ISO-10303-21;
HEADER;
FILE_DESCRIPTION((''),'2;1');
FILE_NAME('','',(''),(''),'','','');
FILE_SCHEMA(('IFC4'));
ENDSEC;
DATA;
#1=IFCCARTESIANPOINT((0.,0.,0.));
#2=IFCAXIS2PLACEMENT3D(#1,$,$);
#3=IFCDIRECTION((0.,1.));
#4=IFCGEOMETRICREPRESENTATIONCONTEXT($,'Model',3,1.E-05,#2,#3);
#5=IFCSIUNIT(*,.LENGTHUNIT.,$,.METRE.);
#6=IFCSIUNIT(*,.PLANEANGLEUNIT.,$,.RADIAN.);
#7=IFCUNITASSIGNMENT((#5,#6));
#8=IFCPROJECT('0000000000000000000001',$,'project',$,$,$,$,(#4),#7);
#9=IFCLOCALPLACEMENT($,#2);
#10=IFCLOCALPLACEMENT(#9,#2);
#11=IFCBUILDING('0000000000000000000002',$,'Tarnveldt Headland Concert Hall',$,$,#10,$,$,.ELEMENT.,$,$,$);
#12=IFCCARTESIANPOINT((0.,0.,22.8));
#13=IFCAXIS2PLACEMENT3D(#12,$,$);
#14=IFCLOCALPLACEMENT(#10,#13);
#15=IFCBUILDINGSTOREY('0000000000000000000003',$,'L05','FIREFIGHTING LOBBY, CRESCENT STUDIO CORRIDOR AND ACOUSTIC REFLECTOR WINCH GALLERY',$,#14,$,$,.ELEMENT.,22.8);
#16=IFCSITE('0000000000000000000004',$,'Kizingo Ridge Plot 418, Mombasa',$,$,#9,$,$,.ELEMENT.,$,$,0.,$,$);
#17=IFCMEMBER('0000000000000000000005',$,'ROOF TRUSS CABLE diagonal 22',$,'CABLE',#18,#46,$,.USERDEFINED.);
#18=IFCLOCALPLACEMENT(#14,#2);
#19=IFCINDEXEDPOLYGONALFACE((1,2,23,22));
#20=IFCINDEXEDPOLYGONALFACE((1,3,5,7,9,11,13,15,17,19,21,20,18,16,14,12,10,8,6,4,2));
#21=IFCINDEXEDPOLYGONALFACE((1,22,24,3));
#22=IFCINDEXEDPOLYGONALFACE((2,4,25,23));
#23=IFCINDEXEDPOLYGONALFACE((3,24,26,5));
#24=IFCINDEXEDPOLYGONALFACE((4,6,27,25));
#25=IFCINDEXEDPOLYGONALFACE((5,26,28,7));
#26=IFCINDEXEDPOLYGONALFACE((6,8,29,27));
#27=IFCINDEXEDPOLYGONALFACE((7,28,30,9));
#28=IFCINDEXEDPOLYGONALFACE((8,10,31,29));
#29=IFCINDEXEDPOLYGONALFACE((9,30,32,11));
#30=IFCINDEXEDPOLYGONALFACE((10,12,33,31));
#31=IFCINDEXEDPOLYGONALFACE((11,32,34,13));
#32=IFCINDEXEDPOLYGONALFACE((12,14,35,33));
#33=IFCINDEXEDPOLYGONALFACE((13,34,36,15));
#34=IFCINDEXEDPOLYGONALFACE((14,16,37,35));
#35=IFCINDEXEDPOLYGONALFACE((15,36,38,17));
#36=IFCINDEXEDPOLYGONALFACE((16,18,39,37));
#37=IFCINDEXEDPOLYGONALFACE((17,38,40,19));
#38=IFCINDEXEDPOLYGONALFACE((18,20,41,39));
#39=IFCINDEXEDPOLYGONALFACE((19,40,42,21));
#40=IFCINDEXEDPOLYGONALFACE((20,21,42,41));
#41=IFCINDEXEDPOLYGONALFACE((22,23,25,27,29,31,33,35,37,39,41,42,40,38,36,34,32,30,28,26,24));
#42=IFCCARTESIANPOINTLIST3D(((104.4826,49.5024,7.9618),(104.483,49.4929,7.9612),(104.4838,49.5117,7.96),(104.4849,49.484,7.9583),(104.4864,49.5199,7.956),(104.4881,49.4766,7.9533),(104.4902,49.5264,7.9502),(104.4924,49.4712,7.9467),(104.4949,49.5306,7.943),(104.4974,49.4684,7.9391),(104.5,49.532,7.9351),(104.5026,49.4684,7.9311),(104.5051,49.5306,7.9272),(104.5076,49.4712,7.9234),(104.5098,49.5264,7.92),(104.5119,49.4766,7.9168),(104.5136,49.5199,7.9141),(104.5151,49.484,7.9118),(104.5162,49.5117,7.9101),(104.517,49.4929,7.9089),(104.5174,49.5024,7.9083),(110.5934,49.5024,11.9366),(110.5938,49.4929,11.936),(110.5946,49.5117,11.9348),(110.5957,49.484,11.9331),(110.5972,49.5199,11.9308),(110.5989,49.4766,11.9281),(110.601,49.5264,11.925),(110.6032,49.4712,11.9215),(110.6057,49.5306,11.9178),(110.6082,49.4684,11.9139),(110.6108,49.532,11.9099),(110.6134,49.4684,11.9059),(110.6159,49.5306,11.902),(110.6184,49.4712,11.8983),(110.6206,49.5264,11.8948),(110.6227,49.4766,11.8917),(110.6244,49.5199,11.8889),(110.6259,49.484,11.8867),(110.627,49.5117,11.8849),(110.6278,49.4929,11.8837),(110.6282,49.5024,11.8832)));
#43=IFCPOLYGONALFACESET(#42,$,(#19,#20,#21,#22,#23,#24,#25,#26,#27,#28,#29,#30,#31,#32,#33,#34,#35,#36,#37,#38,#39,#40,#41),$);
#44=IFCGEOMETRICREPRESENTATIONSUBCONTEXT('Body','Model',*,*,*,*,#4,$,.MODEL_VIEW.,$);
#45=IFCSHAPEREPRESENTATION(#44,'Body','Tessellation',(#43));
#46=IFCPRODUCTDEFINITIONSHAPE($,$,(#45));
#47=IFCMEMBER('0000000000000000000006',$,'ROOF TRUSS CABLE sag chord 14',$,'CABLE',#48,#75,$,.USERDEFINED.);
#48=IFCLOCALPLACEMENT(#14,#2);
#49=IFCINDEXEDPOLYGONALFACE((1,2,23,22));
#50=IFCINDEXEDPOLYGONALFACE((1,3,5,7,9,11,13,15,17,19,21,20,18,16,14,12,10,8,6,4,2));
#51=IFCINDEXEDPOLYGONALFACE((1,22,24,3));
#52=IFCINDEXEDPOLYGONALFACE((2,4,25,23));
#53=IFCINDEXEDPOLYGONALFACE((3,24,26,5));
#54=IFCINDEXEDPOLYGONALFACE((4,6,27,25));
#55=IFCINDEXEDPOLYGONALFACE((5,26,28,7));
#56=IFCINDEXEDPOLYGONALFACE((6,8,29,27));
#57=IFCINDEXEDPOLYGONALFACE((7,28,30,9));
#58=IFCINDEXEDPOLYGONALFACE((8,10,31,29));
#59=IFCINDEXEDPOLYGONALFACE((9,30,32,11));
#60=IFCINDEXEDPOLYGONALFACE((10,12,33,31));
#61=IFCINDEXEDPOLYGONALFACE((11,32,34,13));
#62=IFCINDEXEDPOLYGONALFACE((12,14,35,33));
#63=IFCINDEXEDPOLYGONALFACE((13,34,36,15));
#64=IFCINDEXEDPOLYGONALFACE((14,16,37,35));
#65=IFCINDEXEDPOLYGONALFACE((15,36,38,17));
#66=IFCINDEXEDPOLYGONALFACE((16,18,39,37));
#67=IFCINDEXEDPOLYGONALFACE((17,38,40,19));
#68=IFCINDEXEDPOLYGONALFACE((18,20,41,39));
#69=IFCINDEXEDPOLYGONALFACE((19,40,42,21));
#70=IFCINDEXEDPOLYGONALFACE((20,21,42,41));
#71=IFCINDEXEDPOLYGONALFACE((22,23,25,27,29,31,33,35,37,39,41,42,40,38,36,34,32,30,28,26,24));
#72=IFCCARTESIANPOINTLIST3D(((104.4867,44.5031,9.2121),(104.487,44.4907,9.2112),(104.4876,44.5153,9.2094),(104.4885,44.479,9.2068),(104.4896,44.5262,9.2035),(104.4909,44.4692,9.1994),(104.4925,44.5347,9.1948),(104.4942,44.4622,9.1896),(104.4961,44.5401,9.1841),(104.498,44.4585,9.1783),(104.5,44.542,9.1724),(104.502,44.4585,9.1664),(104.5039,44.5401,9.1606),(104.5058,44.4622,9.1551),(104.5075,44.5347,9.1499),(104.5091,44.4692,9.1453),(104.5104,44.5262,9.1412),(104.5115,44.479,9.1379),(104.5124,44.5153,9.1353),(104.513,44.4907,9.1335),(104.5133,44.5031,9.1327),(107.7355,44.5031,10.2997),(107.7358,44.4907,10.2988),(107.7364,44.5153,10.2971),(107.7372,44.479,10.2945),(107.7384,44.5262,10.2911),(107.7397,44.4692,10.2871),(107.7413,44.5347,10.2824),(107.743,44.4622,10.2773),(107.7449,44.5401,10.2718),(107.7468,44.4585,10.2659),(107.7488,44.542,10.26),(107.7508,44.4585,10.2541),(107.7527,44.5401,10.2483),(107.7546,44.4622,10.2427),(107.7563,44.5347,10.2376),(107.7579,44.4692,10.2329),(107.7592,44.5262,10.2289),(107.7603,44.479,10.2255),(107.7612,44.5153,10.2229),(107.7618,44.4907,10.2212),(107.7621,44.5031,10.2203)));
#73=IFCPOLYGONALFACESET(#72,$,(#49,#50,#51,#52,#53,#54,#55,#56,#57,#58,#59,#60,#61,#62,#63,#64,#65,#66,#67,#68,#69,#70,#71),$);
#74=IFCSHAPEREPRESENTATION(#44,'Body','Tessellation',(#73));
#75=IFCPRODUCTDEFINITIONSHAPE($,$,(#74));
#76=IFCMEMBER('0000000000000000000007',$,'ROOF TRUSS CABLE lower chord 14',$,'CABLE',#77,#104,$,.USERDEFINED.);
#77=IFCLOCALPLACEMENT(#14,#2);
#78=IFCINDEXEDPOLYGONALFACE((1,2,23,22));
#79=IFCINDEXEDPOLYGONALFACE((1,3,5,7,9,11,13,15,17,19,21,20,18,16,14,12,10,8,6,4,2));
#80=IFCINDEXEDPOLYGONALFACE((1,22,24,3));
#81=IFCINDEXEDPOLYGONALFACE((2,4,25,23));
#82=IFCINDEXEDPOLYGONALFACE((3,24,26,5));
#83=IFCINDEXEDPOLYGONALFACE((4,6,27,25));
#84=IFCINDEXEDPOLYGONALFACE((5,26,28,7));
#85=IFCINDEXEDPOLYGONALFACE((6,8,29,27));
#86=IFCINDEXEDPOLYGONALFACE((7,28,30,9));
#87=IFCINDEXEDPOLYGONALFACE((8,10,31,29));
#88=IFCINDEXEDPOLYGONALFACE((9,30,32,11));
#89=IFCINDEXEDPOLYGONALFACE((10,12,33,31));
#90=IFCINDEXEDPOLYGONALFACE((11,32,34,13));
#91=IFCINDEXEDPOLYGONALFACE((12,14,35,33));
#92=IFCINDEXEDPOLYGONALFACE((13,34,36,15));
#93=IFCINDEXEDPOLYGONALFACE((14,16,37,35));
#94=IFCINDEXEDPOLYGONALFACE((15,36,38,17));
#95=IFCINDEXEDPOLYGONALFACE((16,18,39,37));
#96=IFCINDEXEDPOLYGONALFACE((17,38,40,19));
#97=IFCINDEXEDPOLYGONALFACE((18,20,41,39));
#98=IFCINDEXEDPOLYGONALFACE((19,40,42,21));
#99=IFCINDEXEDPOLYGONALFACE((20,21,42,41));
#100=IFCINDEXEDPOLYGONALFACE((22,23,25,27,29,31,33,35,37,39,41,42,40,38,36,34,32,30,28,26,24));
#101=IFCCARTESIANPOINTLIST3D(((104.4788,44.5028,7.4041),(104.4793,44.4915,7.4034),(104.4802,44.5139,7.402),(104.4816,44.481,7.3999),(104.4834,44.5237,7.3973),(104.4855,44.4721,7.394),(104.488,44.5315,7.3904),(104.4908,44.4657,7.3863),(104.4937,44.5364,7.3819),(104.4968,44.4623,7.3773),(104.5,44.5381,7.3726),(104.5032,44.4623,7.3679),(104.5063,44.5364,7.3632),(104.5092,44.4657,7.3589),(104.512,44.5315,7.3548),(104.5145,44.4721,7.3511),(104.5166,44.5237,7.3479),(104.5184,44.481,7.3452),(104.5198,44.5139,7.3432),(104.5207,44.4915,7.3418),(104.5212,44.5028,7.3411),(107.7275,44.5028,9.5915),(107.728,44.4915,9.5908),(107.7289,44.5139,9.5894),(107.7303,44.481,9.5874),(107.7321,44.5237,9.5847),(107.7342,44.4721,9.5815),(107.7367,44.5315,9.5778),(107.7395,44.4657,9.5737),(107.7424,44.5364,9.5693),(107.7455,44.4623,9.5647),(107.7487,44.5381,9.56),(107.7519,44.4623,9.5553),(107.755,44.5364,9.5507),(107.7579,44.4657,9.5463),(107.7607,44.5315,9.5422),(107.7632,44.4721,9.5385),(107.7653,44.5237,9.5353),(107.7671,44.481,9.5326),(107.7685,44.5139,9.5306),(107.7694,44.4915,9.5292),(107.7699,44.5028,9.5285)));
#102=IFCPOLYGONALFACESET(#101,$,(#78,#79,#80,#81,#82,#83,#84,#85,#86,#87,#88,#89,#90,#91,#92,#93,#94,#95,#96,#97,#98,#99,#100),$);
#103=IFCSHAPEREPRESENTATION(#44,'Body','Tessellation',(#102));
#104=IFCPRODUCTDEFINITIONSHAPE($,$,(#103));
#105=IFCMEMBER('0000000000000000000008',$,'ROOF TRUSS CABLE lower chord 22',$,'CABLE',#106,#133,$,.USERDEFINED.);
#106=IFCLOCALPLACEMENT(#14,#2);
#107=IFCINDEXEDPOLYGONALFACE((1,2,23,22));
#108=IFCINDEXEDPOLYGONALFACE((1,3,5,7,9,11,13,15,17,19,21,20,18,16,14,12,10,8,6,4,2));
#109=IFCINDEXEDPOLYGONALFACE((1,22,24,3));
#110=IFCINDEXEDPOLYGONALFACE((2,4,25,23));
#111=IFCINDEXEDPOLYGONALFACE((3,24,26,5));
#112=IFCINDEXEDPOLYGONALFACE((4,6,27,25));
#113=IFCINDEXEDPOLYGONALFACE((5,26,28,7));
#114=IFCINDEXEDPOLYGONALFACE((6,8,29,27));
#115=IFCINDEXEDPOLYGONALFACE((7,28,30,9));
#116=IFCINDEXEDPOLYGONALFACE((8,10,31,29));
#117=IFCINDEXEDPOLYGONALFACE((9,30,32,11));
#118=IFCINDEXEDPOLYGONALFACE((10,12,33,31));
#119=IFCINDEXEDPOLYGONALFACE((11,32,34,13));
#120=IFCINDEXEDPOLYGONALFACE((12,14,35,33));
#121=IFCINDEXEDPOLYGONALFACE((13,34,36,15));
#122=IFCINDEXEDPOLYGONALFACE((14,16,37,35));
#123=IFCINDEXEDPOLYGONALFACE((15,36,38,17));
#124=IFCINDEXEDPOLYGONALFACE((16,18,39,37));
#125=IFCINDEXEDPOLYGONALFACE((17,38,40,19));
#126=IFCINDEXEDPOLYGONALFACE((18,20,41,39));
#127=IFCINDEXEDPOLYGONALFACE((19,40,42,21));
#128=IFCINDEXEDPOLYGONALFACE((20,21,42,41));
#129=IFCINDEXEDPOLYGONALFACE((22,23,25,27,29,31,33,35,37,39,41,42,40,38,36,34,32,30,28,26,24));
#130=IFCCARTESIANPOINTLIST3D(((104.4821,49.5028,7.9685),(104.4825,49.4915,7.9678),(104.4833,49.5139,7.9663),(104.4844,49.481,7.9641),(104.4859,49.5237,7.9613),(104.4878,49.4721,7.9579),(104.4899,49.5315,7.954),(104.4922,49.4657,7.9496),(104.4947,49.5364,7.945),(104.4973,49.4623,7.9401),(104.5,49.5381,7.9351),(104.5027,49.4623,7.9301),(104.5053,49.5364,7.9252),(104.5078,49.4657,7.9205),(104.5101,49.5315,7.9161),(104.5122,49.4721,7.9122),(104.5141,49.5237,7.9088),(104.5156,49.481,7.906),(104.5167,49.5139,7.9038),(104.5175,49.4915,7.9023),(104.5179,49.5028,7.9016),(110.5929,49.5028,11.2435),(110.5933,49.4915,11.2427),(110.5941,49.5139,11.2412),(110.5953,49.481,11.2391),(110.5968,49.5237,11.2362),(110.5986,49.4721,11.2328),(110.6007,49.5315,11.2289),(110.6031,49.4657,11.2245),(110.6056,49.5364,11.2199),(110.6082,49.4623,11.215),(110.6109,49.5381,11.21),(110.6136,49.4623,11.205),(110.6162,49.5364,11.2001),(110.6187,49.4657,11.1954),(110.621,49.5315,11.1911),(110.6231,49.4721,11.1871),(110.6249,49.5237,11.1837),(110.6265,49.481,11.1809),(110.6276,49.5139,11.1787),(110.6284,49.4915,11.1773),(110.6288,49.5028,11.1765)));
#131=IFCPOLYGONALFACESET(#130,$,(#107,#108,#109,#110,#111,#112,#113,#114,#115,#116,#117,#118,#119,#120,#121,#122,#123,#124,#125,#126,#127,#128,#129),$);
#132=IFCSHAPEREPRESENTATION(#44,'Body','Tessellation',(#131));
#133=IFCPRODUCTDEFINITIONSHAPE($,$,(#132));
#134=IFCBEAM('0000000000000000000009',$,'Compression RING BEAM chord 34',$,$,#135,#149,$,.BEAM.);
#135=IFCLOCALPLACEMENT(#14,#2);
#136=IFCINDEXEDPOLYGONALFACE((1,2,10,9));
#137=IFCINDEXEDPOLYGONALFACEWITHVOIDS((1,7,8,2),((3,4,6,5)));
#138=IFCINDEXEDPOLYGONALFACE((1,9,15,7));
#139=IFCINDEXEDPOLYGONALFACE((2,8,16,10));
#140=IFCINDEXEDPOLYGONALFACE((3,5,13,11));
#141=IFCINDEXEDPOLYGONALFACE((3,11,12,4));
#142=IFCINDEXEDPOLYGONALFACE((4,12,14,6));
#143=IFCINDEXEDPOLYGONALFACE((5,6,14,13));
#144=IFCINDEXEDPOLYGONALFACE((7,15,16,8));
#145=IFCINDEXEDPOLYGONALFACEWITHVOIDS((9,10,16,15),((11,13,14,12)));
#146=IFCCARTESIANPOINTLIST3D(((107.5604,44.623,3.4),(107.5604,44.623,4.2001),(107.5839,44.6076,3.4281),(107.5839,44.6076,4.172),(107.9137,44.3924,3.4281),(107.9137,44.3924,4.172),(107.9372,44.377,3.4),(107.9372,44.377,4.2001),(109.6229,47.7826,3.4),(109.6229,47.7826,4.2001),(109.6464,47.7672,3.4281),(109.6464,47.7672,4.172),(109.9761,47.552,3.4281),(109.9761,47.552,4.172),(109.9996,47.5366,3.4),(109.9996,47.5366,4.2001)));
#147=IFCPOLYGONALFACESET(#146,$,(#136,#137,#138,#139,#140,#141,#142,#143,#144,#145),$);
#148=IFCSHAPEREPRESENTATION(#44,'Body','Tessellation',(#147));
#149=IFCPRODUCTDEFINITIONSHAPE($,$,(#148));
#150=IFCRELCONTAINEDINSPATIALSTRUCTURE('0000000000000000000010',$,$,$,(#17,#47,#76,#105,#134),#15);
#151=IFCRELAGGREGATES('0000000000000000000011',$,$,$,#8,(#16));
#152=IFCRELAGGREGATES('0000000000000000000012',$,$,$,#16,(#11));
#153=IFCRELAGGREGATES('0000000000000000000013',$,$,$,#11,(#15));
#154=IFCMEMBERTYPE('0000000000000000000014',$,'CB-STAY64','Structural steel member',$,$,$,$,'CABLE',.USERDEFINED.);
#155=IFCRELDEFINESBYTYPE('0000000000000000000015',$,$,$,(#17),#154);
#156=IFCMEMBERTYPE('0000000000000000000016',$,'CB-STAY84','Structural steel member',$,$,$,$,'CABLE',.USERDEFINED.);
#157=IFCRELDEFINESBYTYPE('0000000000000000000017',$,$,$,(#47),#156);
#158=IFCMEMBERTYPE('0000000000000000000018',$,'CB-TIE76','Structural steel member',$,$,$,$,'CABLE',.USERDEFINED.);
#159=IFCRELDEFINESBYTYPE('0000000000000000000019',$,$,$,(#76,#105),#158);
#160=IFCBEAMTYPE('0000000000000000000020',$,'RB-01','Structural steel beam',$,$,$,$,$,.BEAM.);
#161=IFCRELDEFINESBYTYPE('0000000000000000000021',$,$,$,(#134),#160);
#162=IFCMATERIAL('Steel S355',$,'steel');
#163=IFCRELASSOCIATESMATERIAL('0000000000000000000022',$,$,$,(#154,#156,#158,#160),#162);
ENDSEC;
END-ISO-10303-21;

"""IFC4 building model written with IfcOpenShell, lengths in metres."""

from ifc_helpers import new_model, si_unit, direction, frame, origin, origin_2d, place, context, subcontext, project, spatial, hollow_rectangle, circle, extrude, material, material_profile, profile_set, type_object, element, save


model = new_model("IFC4")

# Units and contexts
model_context = context("Model", 3, precision=1e-05, world=origin(), true_north=direction((0.0, 1.0)))
body_context = subcontext(model_context, "Body", "Model", "MODEL_VIEW")
ifc_project = project(units=[si_unit("LENGTHUNIT", "METRE"), si_unit("PLANEANGLEUNIT", "RADIAN")], contexts=[model_context])

# Site, building, storey
site_placement = place(None, origin())
site = spatial("IfcSite", under=ifc_project, at=site_placement, Name="Kizingo Ridge Plot 418, Mombasa", CompositionType="ELEMENT", RefElevation=0.0)
building_placement = place(site_placement, origin())
building = spatial("IfcBuilding", under=site, at=building_placement, Name="Tarnveldt Headland Concert Hall", CompositionType="ELEMENT")
storey_placement = place(building_placement, frame((0.0, 0.0, 22.8)))
storey = spatial("IfcBuildingStorey", under=building, at=storey_placement, Name="L05", Description="FIREFIGHTING LOBBY, CRESCENT STUDIO CORRIDOR AND ACOUSTIC REFLECTOR WINCH GALLERY", CompositionType="ELEMENT", Elevation=22.8)

# Members
ifc_material_1 = material(Name="Steel S355", Category="steel")
ifc_material_profile_1 = material_profile(ifc_material_1, circle(Radius=0.032, at=origin_2d()), Name="LC D64", Category="steel")
ifc_profile_set_1 = profile_set([ifc_material_profile_1], Name="Steel S355")
member_type_1 = type_object("IfcMemberType", Name="CB-STAY64", Description="Structural steel member", ElementType="CABLE", PredefinedType="USERDEFINED", material=ifc_profile_set_1)
member_1_placement = place(storey_placement, frame((104.5, 49.5, 7.9351), z_axis=(0.838268, 0.0, 0.545259), x_axis=(0.0, 1.0, 0.0)))
element("IfcMember", 1, at=member_1_placement, inside=storey, type_object=member_type_1, Name="ROOF TRUSS CABLE diagonal 22", ObjectType="CABLE", PredefinedType="USERDEFINED", context=body_context, shape_type="SweptSolid", body=[
    extrude(circle(Radius=0.032, at=origin_2d()), origin(), (0.0, 0.0, 1.0), 7.2898),
])
ifc_material_profile_2 = material_profile(ifc_material_1, circle(Radius=0.042, at=origin_2d()), Name="LC D84", Category="steel")
ifc_profile_set_2 = profile_set([ifc_material_profile_2], Name="Steel S355")
member_type_2 = type_object("IfcMemberType", Name="CB-STAY84", Description="Structural steel member", ElementType="CABLE", PredefinedType="USERDEFINED", material=ifc_profile_set_2)
member_2_placement = place(storey_placement, frame((104.5, 44.5, 9.1724), z_axis=(0.948269, 0.0, 0.317467), x_axis=(0.0, 1.0, 0.0)))
element("IfcMember", 2, at=member_2_placement, inside=storey, type_object=member_type_2, Name="ROOF TRUSS CABLE sag chord 14", ObjectType="CABLE", PredefinedType="USERDEFINED", context=body_context, shape_type="SweptSolid", body=[
    extrude(circle(Radius=0.042, at=origin_2d()), origin(), (0.0, 0.0, 1.0), 3.426),
])
ifc_material_profile_3 = material_profile(ifc_material_1, circle(Radius=0.0381, at=origin_2d()), Name="LC D76", Category="steel")
ifc_profile_set_3 = profile_set([ifc_material_profile_3], Name="Steel S355")
member_type_3 = type_object("IfcMemberType", Name="CB-TIE76", Description="Structural steel member", ElementType="CABLE", PredefinedType="USERDEFINED", material=ifc_profile_set_3)
member_3_placement = place(storey_placement, frame((104.5, 44.5, 7.3726), z_axis=(0.829491, 0.0, 0.558521), x_axis=(0.0, 1.0, 0.0)))
element("IfcMember", 3, at=member_3_placement, inside=storey, type_object=member_type_3, Name="ROOF TRUSS CABLE lower chord 14", ObjectType="CABLE", PredefinedType="USERDEFINED", context=body_context, shape_type="SweptSolid", body=[
    extrude(circle(Radius=0.0381, at=origin_2d()), origin(), (0.0, 0.0, 1.0), 3.9165),
])
member_4_placement = place(storey_placement, frame((104.5, 49.5, 7.9351), z_axis=(0.881406, 0.0, 0.47236), x_axis=(0.0, 1.0, 0.0)))
element("IfcMember", 4, at=member_4_placement, inside=storey, type_object=member_type_3, Name="ROOF TRUSS CABLE lower chord 22", ObjectType="CABLE", PredefinedType="USERDEFINED", context=body_context, shape_type="SweptSolid", body=[
    extrude(circle(Radius=0.0381, at=origin_2d()), origin(), (0.0, 0.0, 1.0), 6.9331),
])

# Beam
ifc_material_profile_4 = material_profile(ifc_material_1, hollow_rectangle(XDim=0.45, YDim=0.8, WallThickness=0.0281, at=origin_2d()), Name="RHS 800x450x28", Category="steel")
ifc_profile_set_4 = profile_set([ifc_material_profile_4], Name="Steel S355")
beam_type = type_object("IfcBeamType", Name="RB-01", Description="Structural steel beam", PredefinedType="BEAM", material=ifc_profile_set_4)
beam_placement = place(storey_placement, frame((107.7488, 44.5, 3.8), z_axis=(0.546611, 0.837387, 0.0), x_axis=(-0.837387, 0.546611, 0.0)))
element("IfcBeam", 5, at=beam_placement, inside=storey, type_object=beam_type, Name="Compression RING BEAM chord 34", PredefinedType="BEAM", context=body_context, shape_type="SweptSolid", body=[
    extrude(hollow_rectangle(XDim=0.45, YDim=0.8, WallThickness=0.0281, at=origin_2d()), origin(), (0.0, 0.0, 1.0), 3.7732),
])

save(model, "model.ifc")
